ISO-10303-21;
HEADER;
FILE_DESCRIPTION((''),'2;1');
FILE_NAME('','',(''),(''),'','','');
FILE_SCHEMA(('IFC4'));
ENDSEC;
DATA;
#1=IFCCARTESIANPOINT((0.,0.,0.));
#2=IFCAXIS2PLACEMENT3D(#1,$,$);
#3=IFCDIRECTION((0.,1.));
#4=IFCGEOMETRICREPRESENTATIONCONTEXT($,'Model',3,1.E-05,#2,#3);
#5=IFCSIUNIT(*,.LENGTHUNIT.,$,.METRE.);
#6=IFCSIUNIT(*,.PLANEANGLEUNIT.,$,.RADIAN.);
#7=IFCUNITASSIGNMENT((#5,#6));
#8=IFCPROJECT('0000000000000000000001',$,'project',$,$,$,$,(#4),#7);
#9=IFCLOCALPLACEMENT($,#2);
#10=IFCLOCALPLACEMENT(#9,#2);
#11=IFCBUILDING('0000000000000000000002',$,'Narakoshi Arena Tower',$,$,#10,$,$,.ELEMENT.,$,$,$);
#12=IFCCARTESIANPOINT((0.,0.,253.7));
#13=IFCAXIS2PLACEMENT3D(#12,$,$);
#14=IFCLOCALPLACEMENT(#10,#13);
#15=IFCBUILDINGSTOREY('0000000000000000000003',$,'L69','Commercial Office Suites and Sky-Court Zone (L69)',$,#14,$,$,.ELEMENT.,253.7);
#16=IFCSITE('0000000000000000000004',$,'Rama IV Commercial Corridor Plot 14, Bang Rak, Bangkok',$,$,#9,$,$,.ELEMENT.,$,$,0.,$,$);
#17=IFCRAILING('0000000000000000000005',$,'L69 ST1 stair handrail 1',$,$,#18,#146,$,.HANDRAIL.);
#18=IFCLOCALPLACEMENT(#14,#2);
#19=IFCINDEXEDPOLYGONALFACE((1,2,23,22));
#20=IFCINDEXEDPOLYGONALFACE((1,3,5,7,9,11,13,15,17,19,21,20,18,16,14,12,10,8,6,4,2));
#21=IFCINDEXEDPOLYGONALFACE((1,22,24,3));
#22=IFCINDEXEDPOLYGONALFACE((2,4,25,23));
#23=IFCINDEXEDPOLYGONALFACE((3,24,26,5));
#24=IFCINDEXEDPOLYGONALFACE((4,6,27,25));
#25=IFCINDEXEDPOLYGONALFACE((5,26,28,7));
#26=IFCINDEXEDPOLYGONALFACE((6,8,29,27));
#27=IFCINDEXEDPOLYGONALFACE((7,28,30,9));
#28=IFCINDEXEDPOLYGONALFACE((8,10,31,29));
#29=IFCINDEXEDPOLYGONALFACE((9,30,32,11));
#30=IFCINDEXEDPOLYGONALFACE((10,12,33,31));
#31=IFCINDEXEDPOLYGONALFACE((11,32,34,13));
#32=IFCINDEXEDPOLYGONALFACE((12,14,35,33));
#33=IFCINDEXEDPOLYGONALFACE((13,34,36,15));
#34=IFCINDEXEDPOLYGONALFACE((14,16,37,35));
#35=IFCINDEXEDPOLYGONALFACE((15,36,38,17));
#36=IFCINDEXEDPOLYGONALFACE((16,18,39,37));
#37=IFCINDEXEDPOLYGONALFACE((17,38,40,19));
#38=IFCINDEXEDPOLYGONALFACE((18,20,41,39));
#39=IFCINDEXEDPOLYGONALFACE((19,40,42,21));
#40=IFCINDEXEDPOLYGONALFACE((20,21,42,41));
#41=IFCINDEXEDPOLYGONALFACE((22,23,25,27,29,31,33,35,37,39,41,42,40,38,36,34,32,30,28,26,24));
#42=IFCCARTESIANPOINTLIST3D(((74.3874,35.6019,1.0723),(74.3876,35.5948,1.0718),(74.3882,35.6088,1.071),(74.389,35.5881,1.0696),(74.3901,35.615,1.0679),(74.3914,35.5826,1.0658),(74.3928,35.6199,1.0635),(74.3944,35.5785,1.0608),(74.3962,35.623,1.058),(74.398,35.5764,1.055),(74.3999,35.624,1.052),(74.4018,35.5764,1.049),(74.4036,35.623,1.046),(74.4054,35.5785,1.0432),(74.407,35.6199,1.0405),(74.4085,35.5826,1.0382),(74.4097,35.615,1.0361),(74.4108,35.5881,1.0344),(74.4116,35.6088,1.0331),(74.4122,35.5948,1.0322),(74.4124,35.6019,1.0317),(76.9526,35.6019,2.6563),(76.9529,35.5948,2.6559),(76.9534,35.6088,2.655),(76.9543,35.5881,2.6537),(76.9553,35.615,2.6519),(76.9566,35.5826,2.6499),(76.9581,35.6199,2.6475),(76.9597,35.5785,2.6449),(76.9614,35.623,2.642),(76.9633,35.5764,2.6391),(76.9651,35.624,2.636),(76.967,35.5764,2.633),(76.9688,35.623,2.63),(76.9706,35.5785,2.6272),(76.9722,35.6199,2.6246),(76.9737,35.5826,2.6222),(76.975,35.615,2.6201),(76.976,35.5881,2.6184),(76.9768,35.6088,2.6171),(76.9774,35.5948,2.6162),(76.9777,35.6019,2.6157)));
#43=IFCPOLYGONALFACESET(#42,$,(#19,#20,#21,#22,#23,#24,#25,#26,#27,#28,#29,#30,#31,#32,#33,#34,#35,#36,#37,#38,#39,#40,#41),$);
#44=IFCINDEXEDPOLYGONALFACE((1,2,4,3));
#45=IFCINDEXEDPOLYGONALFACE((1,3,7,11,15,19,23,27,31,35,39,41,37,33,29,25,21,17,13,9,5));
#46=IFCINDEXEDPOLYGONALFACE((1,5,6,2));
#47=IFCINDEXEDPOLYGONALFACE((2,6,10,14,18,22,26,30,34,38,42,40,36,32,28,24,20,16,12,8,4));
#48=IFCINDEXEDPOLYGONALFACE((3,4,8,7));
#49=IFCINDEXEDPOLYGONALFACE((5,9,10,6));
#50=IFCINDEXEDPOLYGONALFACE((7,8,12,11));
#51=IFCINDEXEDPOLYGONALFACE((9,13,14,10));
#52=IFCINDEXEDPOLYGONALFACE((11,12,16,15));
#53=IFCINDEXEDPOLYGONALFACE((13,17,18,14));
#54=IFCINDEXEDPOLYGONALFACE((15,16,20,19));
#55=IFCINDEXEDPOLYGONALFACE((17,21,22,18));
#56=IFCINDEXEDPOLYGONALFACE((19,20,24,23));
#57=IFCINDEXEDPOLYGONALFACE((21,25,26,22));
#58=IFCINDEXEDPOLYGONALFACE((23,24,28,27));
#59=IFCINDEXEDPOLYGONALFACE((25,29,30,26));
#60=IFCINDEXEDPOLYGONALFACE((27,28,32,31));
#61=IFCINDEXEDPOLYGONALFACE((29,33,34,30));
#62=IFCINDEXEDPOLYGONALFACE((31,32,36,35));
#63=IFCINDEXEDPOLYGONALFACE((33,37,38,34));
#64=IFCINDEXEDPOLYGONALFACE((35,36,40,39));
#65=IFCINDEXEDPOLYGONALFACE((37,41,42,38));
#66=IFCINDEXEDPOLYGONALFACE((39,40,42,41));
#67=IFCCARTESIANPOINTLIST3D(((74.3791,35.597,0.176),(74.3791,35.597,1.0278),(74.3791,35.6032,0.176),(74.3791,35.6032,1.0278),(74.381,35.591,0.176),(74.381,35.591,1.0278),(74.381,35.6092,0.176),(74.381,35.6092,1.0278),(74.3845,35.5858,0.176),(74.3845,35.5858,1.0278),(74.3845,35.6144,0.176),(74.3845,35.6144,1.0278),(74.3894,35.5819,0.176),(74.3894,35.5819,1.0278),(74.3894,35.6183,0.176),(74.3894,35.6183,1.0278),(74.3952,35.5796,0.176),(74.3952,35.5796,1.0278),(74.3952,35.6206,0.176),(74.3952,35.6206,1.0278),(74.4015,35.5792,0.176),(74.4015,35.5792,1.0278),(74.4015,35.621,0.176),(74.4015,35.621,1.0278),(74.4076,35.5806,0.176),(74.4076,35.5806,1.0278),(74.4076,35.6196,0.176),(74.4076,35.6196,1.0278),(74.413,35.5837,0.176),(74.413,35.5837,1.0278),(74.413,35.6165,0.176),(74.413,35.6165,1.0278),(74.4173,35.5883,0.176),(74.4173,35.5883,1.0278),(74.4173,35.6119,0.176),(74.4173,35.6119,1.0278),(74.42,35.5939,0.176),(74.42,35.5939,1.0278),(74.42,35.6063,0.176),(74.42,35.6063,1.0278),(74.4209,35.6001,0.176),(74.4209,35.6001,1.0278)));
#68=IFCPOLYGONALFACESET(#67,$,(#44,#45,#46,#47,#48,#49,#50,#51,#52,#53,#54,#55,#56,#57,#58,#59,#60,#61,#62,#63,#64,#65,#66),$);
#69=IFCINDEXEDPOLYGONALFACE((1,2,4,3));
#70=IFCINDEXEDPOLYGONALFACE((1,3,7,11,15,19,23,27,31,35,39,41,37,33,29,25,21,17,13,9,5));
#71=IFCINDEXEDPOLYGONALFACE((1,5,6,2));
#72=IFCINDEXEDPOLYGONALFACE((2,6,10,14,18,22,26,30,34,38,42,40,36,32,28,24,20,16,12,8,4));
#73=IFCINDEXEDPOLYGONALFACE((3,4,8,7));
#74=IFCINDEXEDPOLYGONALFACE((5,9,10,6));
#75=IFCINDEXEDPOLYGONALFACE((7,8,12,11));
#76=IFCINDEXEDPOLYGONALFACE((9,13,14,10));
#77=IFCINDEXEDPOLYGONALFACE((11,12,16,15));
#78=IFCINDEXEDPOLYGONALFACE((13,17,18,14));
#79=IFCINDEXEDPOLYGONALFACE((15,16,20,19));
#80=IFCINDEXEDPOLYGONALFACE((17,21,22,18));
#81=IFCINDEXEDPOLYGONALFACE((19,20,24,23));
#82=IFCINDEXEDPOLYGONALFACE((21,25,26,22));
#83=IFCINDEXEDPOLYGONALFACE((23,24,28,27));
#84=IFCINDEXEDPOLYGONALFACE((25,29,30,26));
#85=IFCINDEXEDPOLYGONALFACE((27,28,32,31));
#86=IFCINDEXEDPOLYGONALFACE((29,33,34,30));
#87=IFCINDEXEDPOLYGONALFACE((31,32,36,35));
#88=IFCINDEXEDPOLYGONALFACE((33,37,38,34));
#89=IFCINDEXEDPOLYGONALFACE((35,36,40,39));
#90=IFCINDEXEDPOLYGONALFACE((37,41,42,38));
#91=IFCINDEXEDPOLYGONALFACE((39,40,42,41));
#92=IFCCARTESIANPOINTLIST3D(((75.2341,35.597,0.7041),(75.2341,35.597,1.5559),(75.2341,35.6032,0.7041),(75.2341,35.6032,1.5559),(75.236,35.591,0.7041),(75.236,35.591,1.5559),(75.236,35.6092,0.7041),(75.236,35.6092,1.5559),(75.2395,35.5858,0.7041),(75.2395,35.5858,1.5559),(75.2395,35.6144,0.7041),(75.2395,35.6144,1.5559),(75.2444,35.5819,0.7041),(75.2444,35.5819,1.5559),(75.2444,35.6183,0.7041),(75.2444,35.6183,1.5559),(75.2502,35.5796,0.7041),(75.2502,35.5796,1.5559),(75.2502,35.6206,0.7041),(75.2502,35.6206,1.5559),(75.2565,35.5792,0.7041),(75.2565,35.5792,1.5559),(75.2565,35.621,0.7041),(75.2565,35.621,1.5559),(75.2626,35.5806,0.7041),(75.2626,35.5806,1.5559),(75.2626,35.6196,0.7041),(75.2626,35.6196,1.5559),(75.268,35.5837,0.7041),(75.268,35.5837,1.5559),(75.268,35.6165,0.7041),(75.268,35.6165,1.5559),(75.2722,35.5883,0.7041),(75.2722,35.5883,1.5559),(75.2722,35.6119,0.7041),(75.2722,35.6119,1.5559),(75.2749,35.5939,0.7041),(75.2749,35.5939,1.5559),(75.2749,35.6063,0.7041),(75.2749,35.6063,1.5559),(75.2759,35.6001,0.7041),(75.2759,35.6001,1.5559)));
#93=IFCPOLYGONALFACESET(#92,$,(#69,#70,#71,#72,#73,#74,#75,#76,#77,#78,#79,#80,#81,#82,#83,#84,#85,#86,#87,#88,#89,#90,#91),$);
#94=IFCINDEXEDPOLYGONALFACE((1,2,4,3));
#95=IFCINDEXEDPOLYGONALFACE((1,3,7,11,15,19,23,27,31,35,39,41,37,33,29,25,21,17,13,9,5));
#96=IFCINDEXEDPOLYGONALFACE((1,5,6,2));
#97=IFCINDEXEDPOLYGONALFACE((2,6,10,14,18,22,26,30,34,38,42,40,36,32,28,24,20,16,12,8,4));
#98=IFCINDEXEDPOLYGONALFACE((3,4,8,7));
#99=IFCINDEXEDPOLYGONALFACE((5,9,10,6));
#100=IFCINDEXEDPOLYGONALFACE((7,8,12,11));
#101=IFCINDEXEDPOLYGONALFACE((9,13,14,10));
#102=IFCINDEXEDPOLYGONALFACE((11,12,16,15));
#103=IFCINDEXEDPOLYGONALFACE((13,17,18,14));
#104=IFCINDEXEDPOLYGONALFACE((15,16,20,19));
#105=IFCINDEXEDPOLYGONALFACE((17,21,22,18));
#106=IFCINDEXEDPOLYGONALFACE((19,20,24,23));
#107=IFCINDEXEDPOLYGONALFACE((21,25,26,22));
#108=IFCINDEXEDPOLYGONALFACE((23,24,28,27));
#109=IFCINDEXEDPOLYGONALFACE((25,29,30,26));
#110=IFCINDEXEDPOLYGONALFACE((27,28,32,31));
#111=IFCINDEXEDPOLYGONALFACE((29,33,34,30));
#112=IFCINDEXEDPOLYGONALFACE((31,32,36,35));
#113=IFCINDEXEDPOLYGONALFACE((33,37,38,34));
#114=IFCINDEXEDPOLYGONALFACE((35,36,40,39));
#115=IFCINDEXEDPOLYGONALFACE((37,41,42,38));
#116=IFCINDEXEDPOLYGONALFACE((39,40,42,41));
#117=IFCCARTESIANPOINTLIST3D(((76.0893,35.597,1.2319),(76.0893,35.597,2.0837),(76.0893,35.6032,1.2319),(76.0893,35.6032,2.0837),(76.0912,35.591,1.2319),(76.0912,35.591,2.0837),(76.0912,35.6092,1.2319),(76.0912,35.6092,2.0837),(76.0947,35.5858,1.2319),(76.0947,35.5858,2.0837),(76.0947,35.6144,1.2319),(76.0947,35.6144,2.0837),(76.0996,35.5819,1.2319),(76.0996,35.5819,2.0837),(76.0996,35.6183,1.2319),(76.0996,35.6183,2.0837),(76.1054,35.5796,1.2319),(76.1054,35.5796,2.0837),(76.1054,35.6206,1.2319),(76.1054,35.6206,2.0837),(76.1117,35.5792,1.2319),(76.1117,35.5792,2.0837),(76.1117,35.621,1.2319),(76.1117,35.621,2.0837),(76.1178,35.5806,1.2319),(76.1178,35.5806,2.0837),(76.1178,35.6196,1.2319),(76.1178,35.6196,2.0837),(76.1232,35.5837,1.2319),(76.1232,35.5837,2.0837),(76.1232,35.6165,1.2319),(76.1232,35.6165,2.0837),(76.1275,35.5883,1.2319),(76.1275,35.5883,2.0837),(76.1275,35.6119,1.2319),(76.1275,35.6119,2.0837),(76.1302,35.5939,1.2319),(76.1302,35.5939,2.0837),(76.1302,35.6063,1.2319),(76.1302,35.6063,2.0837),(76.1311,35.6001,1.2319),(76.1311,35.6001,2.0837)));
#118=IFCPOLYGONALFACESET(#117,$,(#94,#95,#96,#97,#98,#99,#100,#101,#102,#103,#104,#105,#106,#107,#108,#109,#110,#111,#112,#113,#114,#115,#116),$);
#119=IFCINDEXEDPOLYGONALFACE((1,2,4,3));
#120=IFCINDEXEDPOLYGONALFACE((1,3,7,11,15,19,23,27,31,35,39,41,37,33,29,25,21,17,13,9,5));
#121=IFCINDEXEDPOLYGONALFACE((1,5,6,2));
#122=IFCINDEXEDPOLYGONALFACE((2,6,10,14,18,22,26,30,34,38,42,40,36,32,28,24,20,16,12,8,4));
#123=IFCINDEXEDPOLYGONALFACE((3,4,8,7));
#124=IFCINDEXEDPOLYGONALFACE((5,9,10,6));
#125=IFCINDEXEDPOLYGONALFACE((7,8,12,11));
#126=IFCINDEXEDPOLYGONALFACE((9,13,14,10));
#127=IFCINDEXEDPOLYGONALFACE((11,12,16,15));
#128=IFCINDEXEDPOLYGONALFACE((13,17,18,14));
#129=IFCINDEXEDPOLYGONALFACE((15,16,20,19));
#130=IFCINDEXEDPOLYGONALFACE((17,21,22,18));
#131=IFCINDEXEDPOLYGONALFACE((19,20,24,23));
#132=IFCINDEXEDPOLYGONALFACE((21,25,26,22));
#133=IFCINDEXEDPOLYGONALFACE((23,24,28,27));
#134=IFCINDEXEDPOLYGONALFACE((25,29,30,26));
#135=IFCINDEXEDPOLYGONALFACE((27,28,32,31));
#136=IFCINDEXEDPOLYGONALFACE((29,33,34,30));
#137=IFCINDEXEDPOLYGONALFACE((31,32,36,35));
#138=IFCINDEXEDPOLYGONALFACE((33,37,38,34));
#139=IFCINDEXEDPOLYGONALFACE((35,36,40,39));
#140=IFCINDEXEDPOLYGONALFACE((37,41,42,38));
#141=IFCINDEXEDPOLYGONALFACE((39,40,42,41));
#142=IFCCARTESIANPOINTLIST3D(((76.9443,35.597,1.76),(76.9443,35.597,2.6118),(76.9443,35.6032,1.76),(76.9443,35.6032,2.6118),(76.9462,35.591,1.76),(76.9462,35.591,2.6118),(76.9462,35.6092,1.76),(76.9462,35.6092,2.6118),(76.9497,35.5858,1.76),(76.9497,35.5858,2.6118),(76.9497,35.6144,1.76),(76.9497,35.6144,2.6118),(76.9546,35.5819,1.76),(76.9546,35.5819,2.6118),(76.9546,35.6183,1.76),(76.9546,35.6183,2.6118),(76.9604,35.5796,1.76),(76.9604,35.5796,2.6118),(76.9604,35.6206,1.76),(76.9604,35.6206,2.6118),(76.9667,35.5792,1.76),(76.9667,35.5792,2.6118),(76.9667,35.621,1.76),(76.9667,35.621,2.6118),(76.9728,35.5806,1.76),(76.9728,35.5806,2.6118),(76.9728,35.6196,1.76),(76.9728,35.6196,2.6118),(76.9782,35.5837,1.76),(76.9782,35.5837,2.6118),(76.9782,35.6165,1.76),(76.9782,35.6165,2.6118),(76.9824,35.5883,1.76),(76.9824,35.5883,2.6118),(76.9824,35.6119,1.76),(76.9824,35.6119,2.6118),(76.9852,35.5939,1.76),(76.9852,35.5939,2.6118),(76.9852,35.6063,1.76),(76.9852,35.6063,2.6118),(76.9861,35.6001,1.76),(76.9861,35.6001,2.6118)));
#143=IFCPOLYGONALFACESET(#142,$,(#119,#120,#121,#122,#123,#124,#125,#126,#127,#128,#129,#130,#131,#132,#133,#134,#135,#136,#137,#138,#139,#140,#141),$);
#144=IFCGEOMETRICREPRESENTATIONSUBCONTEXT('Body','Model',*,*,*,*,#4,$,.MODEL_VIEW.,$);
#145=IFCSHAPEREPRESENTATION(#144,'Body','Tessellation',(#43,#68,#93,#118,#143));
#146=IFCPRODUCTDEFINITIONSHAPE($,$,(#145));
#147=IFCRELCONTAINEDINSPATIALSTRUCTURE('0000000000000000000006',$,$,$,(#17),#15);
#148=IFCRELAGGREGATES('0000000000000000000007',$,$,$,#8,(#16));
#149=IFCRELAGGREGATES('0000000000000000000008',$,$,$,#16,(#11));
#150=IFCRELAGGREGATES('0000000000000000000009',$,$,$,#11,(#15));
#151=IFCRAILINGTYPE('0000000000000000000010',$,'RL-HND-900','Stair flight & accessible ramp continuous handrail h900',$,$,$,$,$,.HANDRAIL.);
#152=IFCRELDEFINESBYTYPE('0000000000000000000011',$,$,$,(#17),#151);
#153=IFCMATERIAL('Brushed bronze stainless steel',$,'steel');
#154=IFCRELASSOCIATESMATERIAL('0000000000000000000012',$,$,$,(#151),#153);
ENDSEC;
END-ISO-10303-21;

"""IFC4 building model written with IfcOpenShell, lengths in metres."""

from ifc_helpers import new_model, si_unit, direction, frame, origin, origin_2d, place, context, subcontext, project, spatial, circle, extrude, material, type_object, element, save


model = new_model("IFC4")

# Units and contexts
model_context = context("Model", 3, precision=1e-05, world=origin(), true_north=direction((0.0, 1.0)))
body_context = subcontext(model_context, "Body", "Model", "MODEL_VIEW")
ifc_project = project(units=[si_unit("LENGTHUNIT", "METRE"), si_unit("PLANEANGLEUNIT", "RADIAN")], contexts=[model_context])

# Site, building, storey
site_placement = place(None, origin())
site = spatial("IfcSite", under=ifc_project, at=site_placement, Name="Rama IV Commercial Corridor Plot 14, Bang Rak, Bangkok", CompositionType="ELEMENT", RefElevation=0.0)
building_placement = place(site_placement, origin())
building = spatial("IfcBuilding", under=site, at=building_placement, Name="Narakoshi Arena Tower", CompositionType="ELEMENT")
storey_placement = place(building_placement, frame((0.0, 0.0, 253.7)))
storey = spatial("IfcBuildingStorey", under=building, at=storey_placement, Name="L69", Description="Commercial Office Suites and Sky-Court Zone (L69)", CompositionType="ELEMENT", Elevation=253.7)

# Railing
ifc_material_1 = material(Name="Brushed bronze stainless steel", Category="steel")
railing_type_1 = type_object("IfcRailingType", Name="RL-HND-900", Description="Stair flight & accessible ramp continuous handrail h900", PredefinedType="HANDRAIL", material=ifc_material_1)
railing_1_placement = place(storey_placement, frame((74.3999, 35.6001, 0.176)))
element("IfcRailing", 1, at=railing_1_placement, inside=storey, type_object=railing_type_1, Name="L69 ST1 stair handrail 1", PredefinedType="HANDRAIL", context=body_context, shape_type="SweptSolid", body=[
    extrude(circle(Radius=0.0239, at=origin_2d()), frame((0.0, 0.0, 0.876), z_axis=(0.850857, 0.0, 0.525398), x_axis=(0.0, 1.0, 0.0)), (0.0, 0.0, 1.0), 3.0149),
    extrude(circle(Radius=0.021, at=origin_2d()), origin(), (0.0, 0.0, 1.0), 0.8518),
    extrude(circle(Radius=0.021, at=origin_2d()), frame((0.855, 0.0, 0.5281)), (0.0, 0.0, 1.0), 0.8518),
    extrude(circle(Radius=0.021, at=origin_2d()), frame((1.7102, 0.0, 1.0559)), (0.0, 0.0, 1.0), 0.8518),
    extrude(circle(Radius=0.021, at=origin_2d()), frame((2.5652, 0.0, 1.584)), (0.0, 0.0, 1.0), 0.8518),
])

save(model, "model.ifc")
